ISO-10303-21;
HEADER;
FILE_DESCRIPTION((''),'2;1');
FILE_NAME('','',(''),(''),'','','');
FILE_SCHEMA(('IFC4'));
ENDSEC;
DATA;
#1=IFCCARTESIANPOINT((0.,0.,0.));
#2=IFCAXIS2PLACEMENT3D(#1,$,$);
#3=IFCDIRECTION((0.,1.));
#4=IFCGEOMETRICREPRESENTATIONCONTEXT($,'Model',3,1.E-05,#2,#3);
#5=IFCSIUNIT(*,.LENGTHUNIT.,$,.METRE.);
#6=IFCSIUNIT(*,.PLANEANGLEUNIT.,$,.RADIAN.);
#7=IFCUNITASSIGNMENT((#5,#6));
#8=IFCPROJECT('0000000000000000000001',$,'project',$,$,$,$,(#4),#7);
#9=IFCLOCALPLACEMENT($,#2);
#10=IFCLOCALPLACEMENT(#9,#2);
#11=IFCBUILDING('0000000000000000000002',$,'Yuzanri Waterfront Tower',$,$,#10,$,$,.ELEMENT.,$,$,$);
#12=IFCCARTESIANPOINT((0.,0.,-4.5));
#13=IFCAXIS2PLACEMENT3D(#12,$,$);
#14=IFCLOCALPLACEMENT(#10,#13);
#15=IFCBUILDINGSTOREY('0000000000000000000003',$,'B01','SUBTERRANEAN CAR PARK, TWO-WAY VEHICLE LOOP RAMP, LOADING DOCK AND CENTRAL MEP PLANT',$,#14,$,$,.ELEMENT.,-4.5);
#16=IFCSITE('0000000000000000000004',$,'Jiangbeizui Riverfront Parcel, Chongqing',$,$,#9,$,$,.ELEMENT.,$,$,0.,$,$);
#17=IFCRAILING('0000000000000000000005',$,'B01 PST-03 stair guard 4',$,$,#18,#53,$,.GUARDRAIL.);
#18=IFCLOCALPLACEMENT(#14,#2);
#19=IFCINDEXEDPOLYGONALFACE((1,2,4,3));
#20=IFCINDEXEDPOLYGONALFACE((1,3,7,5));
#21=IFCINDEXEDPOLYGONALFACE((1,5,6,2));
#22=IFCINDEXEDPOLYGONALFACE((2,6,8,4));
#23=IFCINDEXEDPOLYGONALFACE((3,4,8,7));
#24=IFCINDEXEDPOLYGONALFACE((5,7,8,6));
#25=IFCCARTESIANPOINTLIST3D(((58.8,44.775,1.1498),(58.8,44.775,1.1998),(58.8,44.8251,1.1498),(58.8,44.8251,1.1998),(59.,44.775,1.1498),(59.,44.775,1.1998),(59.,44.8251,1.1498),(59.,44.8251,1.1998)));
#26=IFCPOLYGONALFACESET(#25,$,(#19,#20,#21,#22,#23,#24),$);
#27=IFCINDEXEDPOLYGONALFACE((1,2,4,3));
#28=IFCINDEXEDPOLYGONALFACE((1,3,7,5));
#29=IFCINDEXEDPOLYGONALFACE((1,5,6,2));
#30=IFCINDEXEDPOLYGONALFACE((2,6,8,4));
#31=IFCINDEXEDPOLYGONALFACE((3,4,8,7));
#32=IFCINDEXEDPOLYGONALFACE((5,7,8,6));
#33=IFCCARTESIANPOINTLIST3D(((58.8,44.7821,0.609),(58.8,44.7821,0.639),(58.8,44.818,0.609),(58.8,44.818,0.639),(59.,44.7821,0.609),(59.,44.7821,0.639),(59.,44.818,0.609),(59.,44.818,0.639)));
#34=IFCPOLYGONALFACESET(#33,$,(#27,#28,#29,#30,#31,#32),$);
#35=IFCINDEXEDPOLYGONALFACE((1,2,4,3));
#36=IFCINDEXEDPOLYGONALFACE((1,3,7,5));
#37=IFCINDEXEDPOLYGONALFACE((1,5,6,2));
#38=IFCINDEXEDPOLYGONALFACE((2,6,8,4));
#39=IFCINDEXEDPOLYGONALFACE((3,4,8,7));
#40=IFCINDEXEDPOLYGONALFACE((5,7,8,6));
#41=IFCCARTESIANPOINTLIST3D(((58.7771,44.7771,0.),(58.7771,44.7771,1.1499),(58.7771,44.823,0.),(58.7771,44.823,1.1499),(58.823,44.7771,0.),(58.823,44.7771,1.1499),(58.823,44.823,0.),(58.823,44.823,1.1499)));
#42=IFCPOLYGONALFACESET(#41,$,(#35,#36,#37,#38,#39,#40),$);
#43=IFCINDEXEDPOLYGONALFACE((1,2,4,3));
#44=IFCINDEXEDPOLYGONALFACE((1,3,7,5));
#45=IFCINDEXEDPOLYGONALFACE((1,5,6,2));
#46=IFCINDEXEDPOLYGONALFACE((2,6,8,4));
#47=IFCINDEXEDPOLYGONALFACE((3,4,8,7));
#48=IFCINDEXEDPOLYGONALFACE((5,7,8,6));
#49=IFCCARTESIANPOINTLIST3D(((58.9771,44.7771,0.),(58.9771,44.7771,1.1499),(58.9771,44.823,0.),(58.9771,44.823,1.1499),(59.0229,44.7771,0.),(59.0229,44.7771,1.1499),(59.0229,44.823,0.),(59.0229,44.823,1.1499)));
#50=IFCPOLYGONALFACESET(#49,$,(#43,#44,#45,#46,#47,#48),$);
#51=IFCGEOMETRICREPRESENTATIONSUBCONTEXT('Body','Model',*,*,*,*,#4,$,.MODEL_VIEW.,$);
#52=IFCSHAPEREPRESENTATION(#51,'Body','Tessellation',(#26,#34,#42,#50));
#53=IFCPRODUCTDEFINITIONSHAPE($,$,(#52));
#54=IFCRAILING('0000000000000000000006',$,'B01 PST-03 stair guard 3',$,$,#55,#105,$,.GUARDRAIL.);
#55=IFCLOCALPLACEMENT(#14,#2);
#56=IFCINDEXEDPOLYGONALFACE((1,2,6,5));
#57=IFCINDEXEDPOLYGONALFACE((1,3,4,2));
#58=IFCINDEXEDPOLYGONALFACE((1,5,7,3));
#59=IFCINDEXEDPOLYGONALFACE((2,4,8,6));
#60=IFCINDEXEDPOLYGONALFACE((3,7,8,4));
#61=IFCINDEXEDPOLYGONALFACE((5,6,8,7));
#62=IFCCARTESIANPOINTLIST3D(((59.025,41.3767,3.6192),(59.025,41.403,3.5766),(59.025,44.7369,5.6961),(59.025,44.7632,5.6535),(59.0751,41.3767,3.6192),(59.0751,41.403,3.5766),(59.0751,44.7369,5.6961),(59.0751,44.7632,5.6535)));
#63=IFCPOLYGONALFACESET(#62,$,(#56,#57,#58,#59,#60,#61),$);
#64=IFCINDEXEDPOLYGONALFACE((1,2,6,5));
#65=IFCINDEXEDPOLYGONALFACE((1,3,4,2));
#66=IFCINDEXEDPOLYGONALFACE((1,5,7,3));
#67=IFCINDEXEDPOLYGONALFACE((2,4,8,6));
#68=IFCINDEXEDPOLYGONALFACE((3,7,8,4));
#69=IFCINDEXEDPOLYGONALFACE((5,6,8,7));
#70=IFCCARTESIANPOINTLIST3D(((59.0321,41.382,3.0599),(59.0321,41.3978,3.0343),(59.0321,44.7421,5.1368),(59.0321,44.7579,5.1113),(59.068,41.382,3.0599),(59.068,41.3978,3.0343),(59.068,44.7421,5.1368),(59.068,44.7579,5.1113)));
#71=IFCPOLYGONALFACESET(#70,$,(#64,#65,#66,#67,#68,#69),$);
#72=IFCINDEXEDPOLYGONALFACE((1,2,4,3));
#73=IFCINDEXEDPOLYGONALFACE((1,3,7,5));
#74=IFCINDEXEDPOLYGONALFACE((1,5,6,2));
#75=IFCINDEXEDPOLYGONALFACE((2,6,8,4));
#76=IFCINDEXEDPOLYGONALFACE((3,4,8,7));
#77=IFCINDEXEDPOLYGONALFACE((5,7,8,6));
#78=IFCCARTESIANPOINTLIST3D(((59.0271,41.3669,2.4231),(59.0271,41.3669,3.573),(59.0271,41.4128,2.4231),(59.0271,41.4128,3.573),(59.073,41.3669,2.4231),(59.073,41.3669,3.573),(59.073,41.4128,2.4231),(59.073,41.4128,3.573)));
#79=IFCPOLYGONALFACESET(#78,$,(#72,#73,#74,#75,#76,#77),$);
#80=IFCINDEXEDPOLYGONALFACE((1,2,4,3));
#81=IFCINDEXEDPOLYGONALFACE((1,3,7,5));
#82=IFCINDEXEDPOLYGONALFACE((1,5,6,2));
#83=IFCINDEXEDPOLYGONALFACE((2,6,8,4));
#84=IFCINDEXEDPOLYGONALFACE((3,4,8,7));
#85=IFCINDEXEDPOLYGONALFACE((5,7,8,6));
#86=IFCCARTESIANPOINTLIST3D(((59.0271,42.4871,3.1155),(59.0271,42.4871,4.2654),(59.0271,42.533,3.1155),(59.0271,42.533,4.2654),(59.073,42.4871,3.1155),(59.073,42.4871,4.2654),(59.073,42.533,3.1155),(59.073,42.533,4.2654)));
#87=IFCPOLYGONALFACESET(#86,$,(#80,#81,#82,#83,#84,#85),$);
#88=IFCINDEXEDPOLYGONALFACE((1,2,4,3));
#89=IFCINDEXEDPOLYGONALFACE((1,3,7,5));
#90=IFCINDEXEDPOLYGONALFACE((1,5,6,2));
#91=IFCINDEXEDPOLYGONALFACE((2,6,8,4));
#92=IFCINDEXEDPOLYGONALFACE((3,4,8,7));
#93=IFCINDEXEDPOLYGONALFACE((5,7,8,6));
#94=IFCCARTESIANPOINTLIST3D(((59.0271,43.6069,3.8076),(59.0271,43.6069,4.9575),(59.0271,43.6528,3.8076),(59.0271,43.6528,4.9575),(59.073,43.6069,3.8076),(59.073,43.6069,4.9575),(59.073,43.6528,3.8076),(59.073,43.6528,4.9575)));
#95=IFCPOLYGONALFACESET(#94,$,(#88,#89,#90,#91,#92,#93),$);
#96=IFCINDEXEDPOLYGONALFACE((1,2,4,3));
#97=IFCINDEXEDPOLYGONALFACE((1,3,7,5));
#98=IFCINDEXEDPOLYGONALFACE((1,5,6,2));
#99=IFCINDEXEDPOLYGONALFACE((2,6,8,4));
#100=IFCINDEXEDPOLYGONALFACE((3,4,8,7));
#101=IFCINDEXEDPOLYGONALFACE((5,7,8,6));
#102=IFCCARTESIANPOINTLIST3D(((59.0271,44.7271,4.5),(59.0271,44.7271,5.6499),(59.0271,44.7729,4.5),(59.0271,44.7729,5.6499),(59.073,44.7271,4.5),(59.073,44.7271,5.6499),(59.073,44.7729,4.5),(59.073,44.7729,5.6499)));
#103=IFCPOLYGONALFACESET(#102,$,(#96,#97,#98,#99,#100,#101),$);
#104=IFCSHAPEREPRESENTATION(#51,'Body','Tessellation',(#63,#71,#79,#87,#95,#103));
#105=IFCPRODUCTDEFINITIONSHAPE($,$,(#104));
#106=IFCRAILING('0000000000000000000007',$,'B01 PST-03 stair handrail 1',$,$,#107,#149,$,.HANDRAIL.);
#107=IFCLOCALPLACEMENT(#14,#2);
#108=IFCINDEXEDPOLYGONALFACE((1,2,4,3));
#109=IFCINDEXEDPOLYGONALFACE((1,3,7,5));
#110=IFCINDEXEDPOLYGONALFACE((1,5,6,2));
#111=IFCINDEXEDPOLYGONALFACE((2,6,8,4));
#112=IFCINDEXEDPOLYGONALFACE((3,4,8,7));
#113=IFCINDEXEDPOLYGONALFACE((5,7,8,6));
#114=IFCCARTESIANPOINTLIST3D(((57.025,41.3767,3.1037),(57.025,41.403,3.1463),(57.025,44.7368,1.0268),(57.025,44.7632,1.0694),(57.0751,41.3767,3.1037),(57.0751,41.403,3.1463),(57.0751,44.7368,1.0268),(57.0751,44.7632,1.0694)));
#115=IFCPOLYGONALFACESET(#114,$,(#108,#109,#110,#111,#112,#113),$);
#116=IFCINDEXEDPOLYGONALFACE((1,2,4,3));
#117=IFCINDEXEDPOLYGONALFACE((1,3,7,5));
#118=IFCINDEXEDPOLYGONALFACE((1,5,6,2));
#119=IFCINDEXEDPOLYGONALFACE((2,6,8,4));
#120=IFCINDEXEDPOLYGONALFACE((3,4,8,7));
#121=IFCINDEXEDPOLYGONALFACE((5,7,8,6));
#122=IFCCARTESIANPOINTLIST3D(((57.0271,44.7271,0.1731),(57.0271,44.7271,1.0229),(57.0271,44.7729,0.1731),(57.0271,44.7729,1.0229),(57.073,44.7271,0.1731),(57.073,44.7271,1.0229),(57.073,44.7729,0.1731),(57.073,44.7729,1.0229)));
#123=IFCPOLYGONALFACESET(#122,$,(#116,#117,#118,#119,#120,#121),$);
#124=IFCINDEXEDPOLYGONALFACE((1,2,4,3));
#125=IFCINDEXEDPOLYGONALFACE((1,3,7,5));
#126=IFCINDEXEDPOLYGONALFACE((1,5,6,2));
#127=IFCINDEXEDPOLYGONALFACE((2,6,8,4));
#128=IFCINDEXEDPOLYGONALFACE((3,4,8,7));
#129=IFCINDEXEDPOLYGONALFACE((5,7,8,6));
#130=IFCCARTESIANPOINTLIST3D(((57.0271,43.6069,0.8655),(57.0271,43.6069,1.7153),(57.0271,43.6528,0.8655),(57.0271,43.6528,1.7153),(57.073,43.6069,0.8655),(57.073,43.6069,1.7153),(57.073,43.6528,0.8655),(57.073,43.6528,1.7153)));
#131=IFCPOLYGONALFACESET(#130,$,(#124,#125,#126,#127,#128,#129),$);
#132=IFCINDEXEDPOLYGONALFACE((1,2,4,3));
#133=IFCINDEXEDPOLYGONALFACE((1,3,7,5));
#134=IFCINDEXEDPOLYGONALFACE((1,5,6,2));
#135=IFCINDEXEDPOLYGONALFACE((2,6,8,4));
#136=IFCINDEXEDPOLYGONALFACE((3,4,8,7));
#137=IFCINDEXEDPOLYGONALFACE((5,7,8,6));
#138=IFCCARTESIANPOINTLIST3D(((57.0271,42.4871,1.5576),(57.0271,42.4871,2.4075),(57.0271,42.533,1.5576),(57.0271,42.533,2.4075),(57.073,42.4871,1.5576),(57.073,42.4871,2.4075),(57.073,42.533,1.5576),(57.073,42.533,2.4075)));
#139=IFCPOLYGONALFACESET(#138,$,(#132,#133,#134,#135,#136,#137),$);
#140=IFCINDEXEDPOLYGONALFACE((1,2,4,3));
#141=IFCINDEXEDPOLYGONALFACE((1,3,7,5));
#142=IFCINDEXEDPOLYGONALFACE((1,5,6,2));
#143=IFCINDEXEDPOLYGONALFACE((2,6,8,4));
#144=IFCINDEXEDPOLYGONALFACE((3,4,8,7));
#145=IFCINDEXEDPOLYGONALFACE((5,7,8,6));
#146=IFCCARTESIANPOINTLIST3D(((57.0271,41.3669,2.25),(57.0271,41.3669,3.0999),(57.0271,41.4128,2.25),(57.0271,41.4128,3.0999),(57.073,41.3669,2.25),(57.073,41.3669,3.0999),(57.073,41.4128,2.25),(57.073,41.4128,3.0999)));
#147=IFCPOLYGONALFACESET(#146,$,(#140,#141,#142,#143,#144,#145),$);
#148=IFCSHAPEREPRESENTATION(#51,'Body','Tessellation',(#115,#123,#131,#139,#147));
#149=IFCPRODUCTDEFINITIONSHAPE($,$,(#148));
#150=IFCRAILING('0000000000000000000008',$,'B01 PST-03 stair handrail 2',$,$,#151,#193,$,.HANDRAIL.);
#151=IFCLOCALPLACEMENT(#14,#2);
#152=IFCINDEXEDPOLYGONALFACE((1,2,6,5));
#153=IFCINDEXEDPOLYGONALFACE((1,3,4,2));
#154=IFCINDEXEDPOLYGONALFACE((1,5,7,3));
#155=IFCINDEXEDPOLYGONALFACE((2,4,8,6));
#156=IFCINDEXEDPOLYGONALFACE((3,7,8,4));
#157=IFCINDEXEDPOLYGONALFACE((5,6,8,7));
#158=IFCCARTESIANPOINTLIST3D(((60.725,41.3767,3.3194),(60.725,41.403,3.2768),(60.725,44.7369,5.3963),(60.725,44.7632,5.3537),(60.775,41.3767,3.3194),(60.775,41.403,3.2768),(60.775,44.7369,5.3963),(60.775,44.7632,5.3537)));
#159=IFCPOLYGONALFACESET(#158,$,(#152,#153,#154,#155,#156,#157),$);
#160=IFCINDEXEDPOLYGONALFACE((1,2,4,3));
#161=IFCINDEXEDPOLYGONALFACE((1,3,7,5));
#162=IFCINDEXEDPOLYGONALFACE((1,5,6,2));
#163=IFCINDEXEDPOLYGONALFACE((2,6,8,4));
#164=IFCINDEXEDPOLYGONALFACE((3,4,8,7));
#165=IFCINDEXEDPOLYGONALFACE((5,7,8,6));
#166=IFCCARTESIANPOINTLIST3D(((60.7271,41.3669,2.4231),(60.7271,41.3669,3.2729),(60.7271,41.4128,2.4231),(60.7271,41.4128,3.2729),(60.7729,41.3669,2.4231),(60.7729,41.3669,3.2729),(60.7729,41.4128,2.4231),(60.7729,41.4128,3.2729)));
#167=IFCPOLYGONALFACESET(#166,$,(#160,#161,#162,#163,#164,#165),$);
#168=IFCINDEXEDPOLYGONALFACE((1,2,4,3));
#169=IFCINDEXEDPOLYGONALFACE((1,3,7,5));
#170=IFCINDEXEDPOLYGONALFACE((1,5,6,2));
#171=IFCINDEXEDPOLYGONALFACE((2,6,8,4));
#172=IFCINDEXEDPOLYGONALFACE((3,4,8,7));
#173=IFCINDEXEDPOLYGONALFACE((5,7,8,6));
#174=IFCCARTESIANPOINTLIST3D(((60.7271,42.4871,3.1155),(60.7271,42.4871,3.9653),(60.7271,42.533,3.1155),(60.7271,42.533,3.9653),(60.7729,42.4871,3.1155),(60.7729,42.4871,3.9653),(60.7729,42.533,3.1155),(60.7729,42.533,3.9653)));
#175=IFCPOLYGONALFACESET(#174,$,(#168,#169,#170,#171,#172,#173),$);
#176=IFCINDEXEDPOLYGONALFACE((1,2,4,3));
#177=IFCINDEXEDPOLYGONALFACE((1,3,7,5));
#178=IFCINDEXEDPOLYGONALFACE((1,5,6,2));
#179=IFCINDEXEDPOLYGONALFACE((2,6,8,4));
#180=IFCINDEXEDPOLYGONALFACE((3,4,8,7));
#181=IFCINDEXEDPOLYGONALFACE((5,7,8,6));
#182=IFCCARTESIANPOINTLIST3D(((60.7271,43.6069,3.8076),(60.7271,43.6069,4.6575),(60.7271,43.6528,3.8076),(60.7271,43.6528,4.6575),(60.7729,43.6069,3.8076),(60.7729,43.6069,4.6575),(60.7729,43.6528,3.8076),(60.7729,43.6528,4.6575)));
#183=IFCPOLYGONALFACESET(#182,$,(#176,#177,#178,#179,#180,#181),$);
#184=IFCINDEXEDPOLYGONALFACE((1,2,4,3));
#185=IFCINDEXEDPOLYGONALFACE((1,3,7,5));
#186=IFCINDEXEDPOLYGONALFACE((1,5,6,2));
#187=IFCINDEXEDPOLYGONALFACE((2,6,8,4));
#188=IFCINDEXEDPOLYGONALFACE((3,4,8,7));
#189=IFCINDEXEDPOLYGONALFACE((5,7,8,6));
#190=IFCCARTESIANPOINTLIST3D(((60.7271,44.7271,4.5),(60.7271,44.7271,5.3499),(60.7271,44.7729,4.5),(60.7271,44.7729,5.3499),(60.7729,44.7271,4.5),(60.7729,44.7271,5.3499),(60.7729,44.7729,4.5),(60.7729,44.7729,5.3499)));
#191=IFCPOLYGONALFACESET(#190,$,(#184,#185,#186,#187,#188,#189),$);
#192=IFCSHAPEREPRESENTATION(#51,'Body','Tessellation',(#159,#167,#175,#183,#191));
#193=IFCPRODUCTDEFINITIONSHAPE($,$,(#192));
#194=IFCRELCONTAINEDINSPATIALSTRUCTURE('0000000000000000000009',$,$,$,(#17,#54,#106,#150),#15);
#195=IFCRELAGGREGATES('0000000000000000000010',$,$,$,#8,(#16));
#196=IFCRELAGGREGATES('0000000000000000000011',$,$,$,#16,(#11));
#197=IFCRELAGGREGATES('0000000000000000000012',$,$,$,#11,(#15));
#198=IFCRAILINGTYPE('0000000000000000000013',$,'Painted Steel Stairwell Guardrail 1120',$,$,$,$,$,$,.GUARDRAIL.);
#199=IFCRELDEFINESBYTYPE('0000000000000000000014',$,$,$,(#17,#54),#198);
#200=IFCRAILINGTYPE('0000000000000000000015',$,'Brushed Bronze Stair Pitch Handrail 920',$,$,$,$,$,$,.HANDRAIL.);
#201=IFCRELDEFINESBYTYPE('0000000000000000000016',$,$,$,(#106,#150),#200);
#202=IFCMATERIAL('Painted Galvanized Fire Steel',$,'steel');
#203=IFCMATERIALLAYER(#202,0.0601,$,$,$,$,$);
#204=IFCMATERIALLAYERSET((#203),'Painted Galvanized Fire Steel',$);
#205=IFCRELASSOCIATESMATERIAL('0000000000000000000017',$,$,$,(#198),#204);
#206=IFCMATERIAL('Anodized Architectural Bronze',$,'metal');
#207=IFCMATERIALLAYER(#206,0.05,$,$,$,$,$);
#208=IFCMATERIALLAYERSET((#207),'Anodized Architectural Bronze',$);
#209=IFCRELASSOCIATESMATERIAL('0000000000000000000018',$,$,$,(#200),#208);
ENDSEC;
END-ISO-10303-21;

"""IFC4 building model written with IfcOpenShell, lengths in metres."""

from ifc_helpers import new_model, si_unit, direction, frame, origin, origin_2d, place, context, subcontext, project, spatial, rectangle, extrude, source, transform, mapped, material, layer, layer_set, type_object, element, save


model = new_model("IFC4")

# Units and contexts
model_context = context("Model", 3, precision=1e-05, world=origin(), true_north=direction((0.0, 1.0)))
body_context = subcontext(model_context, "Body", "Model", "MODEL_VIEW")
ifc_project = project(units=[si_unit("LENGTHUNIT", "METRE"), si_unit("PLANEANGLEUNIT", "RADIAN")], contexts=[model_context])

# Site, building, storey
site_placement = place(None, origin())
site = spatial("IfcSite", under=ifc_project, at=site_placement, Name="Jiangbeizui Riverfront Parcel, Chongqing", CompositionType="ELEMENT", RefElevation=0.0)
building_placement = place(site_placement, origin())
building = spatial("IfcBuilding", under=site, at=building_placement, Name="Yuzanri Waterfront Tower", CompositionType="ELEMENT")
storey_placement = place(building_placement, frame((0.0, 0.0, -4.5)))
storey = spatial("IfcBuildingStorey", under=building, at=storey_placement, Name="B01", Description="SUBTERRANEAN CAR PARK, TWO-WAY VEHICLE LOOP RAMP, LOADING DOCK AND CENTRAL MEP PLANT", CompositionType="ELEMENT", Elevation=-4.5)

# Railings
ifc_material_1 = material(Name="Painted Galvanized Fire Steel", Category="steel")
ifc_layer_1 = layer(ifc_material_1, 0.0601)
ifc_layer_set_1 = layer_set([ifc_layer_1], Name="Painted Galvanized Fire Steel")
railing_type_1 = type_object("IfcRailingType", Name="Painted Steel Stairwell Guardrail 1120", PredefinedType="GUARDRAIL", material=ifc_layer_set_1)
shared_shape_1 = source(origin(), body_context, "Body", "SweptSolid", [
    extrude(rectangle(XDim=0.05, YDim=0.05, at=origin_2d()), frame((0.0, 0.0, 1.1748), z_axis=(1.0, 0.0, 0.0), x_axis=(0.0, 1.0, 0.0)), (0.0, 0.0, 1.0), 0.2),
    extrude(rectangle(XDim=0.0359, YDim=0.03, at=origin_2d()), frame((0.0, 0.0, 0.624), z_axis=(1.0, 0.0, 0.0), x_axis=(0.0, 1.0, 0.0)), (0.0, 0.0, 1.0), 0.2),
    extrude(rectangle(XDim=0.0459, YDim=0.0459, at=origin_2d()), origin(), (0.0, 0.0, 1.0), 1.1499),
    extrude(rectangle(XDim=0.0459, YDim=0.0459, at=origin_2d()), frame((0.2, 0.0, 0.0)), (0.0, 0.0, 1.0), 1.1499),
])
for number, where, name in (
    (1, (58.8, 44.8, 0.0), "B01 PST-03 stair guard 4"),
):
    element("IfcRailing", number, at=place(storey_placement, frame(where)), inside=storey, type_object=railing_type_1, Name=name, PredefinedType="GUARDRAIL", context=body_context, shape_type="MappedRepresentation", body=[
        mapped(shared_shape_1, transform((0.0, 0.0, 0.0), scale=1.0)),
    ])
shared_shape_2 = source(origin(), body_context, "Body", "SweptSolid", [
    extrude(rectangle(XDim=0.05, YDim=0.05, at=origin_2d()), frame((0.0, 0.0, 1.1748), z_axis=(0.0, 0.850623, 0.525776), x_axis=(-1.0, 0.0, 0.0)), (0.0, 0.0, 1.0), 3.9502),
    extrude(rectangle(XDim=0.0359, YDim=0.03, at=origin_2d()), frame((0.0, 0.0, 0.624), z_axis=(0.0, 0.850623, 0.525776), x_axis=(-1.0, 0.0, 0.0)), (0.0, 0.0, 1.0), 3.9502),
    extrude(rectangle(XDim=0.0459, YDim=0.0459, at=origin_2d()), origin(), (0.0, 0.0, 1.0), 1.1499),
    extrude(rectangle(XDim=0.0459, YDim=0.0459, at=origin_2d()), frame((0.0, 1.1201, 0.6924)), (0.0, 0.0, 1.0), 1.1499),
    extrude(rectangle(XDim=0.0459, YDim=0.0459, at=origin_2d()), frame((0.0, 2.24, 1.3845)), (0.0, 0.0, 1.0), 1.1499),
    extrude(rectangle(XDim=0.0459, YDim=0.0459, at=origin_2d()), frame((0.0, 3.3601, 2.0769)), (0.0, 0.0, 1.0), 1.1499),
])
railing_1_placement = place(storey_placement, frame((59.05, 41.3899, 2.4231)))
element("IfcRailing", 2, at=railing_1_placement, inside=storey, type_object=railing_type_1, Name="B01 PST-03 stair guard 3", PredefinedType="GUARDRAIL", context=body_context, shape_type="MappedRepresentation", body=[
    mapped(shared_shape_2, transform((0.0, 0.0, 0.0), scale=1.0)),
])
ifc_material_2 = material(Name="Anodized Architectural Bronze", Category="metal")
ifc_layer_2 = layer(ifc_material_2, 0.05)
ifc_layer_set_2 = layer_set([ifc_layer_2], Name="Anodized Architectural Bronze")
railing_type_2 = type_object("IfcRailingType", Name="Brushed Bronze Stair Pitch Handrail 920", PredefinedType="HANDRAIL", material=ifc_layer_set_2)
shared_shape_3 = source(origin(), body_context, "Body", "SweptSolid", [
    extrude(rectangle(XDim=0.05, YDim=0.05, at=origin_2d()), frame((0.0, 0.0, 0.875), z_axis=(0.0, -0.850623, 0.525776), x_axis=(1.0, 0.0, 0.0)), (0.0, 0.0, 1.0), 3.9502),
    extrude(rectangle(XDim=0.0459, YDim=0.0459, at=origin_2d()), origin(), (0.0, 0.0, 1.0), 0.8499),
    extrude(rectangle(XDim=0.0459, YDim=0.0459, at=origin_2d()), frame((0.0, -1.1201, 0.6924)), (0.0, 0.0, 1.0), 0.8499),
    extrude(rectangle(XDim=0.0459, YDim=0.0459, at=origin_2d()), frame((0.0, -2.24, 1.3845)), (0.0, 0.0, 1.0), 0.8499),
    extrude(rectangle(XDim=0.0459, YDim=0.0459, at=origin_2d()), frame((0.0, -3.3601, 2.0769)), (0.0, 0.0, 1.0), 0.8499),
])
railing_2_placement = place(storey_placement, frame((57.05, 44.75, 0.1731)))
element("IfcRailing", 3, at=railing_2_placement, inside=storey, type_object=railing_type_2, Name="B01 PST-03 stair handrail 1", PredefinedType="HANDRAIL", context=body_context, shape_type="MappedRepresentation", body=[
    mapped(shared_shape_3, transform((0.0, 0.0, 0.0), scale=1.0)),
])
shared_shape_4 = source(origin(), body_context, "Body", "SweptSolid", [
    extrude(rectangle(XDim=0.05, YDim=0.05, at=origin_2d()), frame((0.0, 0.0, 0.875), z_axis=(0.0, 0.850623, 0.525776), x_axis=(-1.0, 0.0, 0.0)), (0.0, 0.0, 1.0), 3.9502),
    extrude(rectangle(XDim=0.0459, YDim=0.0459, at=origin_2d()), origin(), (0.0, 0.0, 1.0), 0.8499),
    extrude(rectangle(XDim=0.0459, YDim=0.0459, at=origin_2d()), frame((0.0, 1.1201, 0.6924)), (0.0, 0.0, 1.0), 0.8499),
    extrude(rectangle(XDim=0.0459, YDim=0.0459, at=origin_2d()), frame((0.0, 2.24, 1.3845)), (0.0, 0.0, 1.0), 0.8499),
    extrude(rectangle(XDim=0.0459, YDim=0.0459, at=origin_2d()), frame((0.0, 3.3601, 2.0769)), (0.0, 0.0, 1.0), 0.8499),
])
railing_3_placement = place(storey_placement, frame((60.75, 41.3899, 2.4231)))
element("IfcRailing", 4, at=railing_3_placement, inside=storey, type_object=railing_type_2, Name="B01 PST-03 stair handrail 2", PredefinedType="HANDRAIL", context=body_context, shape_type="MappedRepresentation", body=[
    mapped(shared_shape_4, transform((0.0, 0.0, 0.0), scale=1.0)),
])

save(model, "model.ifc")
